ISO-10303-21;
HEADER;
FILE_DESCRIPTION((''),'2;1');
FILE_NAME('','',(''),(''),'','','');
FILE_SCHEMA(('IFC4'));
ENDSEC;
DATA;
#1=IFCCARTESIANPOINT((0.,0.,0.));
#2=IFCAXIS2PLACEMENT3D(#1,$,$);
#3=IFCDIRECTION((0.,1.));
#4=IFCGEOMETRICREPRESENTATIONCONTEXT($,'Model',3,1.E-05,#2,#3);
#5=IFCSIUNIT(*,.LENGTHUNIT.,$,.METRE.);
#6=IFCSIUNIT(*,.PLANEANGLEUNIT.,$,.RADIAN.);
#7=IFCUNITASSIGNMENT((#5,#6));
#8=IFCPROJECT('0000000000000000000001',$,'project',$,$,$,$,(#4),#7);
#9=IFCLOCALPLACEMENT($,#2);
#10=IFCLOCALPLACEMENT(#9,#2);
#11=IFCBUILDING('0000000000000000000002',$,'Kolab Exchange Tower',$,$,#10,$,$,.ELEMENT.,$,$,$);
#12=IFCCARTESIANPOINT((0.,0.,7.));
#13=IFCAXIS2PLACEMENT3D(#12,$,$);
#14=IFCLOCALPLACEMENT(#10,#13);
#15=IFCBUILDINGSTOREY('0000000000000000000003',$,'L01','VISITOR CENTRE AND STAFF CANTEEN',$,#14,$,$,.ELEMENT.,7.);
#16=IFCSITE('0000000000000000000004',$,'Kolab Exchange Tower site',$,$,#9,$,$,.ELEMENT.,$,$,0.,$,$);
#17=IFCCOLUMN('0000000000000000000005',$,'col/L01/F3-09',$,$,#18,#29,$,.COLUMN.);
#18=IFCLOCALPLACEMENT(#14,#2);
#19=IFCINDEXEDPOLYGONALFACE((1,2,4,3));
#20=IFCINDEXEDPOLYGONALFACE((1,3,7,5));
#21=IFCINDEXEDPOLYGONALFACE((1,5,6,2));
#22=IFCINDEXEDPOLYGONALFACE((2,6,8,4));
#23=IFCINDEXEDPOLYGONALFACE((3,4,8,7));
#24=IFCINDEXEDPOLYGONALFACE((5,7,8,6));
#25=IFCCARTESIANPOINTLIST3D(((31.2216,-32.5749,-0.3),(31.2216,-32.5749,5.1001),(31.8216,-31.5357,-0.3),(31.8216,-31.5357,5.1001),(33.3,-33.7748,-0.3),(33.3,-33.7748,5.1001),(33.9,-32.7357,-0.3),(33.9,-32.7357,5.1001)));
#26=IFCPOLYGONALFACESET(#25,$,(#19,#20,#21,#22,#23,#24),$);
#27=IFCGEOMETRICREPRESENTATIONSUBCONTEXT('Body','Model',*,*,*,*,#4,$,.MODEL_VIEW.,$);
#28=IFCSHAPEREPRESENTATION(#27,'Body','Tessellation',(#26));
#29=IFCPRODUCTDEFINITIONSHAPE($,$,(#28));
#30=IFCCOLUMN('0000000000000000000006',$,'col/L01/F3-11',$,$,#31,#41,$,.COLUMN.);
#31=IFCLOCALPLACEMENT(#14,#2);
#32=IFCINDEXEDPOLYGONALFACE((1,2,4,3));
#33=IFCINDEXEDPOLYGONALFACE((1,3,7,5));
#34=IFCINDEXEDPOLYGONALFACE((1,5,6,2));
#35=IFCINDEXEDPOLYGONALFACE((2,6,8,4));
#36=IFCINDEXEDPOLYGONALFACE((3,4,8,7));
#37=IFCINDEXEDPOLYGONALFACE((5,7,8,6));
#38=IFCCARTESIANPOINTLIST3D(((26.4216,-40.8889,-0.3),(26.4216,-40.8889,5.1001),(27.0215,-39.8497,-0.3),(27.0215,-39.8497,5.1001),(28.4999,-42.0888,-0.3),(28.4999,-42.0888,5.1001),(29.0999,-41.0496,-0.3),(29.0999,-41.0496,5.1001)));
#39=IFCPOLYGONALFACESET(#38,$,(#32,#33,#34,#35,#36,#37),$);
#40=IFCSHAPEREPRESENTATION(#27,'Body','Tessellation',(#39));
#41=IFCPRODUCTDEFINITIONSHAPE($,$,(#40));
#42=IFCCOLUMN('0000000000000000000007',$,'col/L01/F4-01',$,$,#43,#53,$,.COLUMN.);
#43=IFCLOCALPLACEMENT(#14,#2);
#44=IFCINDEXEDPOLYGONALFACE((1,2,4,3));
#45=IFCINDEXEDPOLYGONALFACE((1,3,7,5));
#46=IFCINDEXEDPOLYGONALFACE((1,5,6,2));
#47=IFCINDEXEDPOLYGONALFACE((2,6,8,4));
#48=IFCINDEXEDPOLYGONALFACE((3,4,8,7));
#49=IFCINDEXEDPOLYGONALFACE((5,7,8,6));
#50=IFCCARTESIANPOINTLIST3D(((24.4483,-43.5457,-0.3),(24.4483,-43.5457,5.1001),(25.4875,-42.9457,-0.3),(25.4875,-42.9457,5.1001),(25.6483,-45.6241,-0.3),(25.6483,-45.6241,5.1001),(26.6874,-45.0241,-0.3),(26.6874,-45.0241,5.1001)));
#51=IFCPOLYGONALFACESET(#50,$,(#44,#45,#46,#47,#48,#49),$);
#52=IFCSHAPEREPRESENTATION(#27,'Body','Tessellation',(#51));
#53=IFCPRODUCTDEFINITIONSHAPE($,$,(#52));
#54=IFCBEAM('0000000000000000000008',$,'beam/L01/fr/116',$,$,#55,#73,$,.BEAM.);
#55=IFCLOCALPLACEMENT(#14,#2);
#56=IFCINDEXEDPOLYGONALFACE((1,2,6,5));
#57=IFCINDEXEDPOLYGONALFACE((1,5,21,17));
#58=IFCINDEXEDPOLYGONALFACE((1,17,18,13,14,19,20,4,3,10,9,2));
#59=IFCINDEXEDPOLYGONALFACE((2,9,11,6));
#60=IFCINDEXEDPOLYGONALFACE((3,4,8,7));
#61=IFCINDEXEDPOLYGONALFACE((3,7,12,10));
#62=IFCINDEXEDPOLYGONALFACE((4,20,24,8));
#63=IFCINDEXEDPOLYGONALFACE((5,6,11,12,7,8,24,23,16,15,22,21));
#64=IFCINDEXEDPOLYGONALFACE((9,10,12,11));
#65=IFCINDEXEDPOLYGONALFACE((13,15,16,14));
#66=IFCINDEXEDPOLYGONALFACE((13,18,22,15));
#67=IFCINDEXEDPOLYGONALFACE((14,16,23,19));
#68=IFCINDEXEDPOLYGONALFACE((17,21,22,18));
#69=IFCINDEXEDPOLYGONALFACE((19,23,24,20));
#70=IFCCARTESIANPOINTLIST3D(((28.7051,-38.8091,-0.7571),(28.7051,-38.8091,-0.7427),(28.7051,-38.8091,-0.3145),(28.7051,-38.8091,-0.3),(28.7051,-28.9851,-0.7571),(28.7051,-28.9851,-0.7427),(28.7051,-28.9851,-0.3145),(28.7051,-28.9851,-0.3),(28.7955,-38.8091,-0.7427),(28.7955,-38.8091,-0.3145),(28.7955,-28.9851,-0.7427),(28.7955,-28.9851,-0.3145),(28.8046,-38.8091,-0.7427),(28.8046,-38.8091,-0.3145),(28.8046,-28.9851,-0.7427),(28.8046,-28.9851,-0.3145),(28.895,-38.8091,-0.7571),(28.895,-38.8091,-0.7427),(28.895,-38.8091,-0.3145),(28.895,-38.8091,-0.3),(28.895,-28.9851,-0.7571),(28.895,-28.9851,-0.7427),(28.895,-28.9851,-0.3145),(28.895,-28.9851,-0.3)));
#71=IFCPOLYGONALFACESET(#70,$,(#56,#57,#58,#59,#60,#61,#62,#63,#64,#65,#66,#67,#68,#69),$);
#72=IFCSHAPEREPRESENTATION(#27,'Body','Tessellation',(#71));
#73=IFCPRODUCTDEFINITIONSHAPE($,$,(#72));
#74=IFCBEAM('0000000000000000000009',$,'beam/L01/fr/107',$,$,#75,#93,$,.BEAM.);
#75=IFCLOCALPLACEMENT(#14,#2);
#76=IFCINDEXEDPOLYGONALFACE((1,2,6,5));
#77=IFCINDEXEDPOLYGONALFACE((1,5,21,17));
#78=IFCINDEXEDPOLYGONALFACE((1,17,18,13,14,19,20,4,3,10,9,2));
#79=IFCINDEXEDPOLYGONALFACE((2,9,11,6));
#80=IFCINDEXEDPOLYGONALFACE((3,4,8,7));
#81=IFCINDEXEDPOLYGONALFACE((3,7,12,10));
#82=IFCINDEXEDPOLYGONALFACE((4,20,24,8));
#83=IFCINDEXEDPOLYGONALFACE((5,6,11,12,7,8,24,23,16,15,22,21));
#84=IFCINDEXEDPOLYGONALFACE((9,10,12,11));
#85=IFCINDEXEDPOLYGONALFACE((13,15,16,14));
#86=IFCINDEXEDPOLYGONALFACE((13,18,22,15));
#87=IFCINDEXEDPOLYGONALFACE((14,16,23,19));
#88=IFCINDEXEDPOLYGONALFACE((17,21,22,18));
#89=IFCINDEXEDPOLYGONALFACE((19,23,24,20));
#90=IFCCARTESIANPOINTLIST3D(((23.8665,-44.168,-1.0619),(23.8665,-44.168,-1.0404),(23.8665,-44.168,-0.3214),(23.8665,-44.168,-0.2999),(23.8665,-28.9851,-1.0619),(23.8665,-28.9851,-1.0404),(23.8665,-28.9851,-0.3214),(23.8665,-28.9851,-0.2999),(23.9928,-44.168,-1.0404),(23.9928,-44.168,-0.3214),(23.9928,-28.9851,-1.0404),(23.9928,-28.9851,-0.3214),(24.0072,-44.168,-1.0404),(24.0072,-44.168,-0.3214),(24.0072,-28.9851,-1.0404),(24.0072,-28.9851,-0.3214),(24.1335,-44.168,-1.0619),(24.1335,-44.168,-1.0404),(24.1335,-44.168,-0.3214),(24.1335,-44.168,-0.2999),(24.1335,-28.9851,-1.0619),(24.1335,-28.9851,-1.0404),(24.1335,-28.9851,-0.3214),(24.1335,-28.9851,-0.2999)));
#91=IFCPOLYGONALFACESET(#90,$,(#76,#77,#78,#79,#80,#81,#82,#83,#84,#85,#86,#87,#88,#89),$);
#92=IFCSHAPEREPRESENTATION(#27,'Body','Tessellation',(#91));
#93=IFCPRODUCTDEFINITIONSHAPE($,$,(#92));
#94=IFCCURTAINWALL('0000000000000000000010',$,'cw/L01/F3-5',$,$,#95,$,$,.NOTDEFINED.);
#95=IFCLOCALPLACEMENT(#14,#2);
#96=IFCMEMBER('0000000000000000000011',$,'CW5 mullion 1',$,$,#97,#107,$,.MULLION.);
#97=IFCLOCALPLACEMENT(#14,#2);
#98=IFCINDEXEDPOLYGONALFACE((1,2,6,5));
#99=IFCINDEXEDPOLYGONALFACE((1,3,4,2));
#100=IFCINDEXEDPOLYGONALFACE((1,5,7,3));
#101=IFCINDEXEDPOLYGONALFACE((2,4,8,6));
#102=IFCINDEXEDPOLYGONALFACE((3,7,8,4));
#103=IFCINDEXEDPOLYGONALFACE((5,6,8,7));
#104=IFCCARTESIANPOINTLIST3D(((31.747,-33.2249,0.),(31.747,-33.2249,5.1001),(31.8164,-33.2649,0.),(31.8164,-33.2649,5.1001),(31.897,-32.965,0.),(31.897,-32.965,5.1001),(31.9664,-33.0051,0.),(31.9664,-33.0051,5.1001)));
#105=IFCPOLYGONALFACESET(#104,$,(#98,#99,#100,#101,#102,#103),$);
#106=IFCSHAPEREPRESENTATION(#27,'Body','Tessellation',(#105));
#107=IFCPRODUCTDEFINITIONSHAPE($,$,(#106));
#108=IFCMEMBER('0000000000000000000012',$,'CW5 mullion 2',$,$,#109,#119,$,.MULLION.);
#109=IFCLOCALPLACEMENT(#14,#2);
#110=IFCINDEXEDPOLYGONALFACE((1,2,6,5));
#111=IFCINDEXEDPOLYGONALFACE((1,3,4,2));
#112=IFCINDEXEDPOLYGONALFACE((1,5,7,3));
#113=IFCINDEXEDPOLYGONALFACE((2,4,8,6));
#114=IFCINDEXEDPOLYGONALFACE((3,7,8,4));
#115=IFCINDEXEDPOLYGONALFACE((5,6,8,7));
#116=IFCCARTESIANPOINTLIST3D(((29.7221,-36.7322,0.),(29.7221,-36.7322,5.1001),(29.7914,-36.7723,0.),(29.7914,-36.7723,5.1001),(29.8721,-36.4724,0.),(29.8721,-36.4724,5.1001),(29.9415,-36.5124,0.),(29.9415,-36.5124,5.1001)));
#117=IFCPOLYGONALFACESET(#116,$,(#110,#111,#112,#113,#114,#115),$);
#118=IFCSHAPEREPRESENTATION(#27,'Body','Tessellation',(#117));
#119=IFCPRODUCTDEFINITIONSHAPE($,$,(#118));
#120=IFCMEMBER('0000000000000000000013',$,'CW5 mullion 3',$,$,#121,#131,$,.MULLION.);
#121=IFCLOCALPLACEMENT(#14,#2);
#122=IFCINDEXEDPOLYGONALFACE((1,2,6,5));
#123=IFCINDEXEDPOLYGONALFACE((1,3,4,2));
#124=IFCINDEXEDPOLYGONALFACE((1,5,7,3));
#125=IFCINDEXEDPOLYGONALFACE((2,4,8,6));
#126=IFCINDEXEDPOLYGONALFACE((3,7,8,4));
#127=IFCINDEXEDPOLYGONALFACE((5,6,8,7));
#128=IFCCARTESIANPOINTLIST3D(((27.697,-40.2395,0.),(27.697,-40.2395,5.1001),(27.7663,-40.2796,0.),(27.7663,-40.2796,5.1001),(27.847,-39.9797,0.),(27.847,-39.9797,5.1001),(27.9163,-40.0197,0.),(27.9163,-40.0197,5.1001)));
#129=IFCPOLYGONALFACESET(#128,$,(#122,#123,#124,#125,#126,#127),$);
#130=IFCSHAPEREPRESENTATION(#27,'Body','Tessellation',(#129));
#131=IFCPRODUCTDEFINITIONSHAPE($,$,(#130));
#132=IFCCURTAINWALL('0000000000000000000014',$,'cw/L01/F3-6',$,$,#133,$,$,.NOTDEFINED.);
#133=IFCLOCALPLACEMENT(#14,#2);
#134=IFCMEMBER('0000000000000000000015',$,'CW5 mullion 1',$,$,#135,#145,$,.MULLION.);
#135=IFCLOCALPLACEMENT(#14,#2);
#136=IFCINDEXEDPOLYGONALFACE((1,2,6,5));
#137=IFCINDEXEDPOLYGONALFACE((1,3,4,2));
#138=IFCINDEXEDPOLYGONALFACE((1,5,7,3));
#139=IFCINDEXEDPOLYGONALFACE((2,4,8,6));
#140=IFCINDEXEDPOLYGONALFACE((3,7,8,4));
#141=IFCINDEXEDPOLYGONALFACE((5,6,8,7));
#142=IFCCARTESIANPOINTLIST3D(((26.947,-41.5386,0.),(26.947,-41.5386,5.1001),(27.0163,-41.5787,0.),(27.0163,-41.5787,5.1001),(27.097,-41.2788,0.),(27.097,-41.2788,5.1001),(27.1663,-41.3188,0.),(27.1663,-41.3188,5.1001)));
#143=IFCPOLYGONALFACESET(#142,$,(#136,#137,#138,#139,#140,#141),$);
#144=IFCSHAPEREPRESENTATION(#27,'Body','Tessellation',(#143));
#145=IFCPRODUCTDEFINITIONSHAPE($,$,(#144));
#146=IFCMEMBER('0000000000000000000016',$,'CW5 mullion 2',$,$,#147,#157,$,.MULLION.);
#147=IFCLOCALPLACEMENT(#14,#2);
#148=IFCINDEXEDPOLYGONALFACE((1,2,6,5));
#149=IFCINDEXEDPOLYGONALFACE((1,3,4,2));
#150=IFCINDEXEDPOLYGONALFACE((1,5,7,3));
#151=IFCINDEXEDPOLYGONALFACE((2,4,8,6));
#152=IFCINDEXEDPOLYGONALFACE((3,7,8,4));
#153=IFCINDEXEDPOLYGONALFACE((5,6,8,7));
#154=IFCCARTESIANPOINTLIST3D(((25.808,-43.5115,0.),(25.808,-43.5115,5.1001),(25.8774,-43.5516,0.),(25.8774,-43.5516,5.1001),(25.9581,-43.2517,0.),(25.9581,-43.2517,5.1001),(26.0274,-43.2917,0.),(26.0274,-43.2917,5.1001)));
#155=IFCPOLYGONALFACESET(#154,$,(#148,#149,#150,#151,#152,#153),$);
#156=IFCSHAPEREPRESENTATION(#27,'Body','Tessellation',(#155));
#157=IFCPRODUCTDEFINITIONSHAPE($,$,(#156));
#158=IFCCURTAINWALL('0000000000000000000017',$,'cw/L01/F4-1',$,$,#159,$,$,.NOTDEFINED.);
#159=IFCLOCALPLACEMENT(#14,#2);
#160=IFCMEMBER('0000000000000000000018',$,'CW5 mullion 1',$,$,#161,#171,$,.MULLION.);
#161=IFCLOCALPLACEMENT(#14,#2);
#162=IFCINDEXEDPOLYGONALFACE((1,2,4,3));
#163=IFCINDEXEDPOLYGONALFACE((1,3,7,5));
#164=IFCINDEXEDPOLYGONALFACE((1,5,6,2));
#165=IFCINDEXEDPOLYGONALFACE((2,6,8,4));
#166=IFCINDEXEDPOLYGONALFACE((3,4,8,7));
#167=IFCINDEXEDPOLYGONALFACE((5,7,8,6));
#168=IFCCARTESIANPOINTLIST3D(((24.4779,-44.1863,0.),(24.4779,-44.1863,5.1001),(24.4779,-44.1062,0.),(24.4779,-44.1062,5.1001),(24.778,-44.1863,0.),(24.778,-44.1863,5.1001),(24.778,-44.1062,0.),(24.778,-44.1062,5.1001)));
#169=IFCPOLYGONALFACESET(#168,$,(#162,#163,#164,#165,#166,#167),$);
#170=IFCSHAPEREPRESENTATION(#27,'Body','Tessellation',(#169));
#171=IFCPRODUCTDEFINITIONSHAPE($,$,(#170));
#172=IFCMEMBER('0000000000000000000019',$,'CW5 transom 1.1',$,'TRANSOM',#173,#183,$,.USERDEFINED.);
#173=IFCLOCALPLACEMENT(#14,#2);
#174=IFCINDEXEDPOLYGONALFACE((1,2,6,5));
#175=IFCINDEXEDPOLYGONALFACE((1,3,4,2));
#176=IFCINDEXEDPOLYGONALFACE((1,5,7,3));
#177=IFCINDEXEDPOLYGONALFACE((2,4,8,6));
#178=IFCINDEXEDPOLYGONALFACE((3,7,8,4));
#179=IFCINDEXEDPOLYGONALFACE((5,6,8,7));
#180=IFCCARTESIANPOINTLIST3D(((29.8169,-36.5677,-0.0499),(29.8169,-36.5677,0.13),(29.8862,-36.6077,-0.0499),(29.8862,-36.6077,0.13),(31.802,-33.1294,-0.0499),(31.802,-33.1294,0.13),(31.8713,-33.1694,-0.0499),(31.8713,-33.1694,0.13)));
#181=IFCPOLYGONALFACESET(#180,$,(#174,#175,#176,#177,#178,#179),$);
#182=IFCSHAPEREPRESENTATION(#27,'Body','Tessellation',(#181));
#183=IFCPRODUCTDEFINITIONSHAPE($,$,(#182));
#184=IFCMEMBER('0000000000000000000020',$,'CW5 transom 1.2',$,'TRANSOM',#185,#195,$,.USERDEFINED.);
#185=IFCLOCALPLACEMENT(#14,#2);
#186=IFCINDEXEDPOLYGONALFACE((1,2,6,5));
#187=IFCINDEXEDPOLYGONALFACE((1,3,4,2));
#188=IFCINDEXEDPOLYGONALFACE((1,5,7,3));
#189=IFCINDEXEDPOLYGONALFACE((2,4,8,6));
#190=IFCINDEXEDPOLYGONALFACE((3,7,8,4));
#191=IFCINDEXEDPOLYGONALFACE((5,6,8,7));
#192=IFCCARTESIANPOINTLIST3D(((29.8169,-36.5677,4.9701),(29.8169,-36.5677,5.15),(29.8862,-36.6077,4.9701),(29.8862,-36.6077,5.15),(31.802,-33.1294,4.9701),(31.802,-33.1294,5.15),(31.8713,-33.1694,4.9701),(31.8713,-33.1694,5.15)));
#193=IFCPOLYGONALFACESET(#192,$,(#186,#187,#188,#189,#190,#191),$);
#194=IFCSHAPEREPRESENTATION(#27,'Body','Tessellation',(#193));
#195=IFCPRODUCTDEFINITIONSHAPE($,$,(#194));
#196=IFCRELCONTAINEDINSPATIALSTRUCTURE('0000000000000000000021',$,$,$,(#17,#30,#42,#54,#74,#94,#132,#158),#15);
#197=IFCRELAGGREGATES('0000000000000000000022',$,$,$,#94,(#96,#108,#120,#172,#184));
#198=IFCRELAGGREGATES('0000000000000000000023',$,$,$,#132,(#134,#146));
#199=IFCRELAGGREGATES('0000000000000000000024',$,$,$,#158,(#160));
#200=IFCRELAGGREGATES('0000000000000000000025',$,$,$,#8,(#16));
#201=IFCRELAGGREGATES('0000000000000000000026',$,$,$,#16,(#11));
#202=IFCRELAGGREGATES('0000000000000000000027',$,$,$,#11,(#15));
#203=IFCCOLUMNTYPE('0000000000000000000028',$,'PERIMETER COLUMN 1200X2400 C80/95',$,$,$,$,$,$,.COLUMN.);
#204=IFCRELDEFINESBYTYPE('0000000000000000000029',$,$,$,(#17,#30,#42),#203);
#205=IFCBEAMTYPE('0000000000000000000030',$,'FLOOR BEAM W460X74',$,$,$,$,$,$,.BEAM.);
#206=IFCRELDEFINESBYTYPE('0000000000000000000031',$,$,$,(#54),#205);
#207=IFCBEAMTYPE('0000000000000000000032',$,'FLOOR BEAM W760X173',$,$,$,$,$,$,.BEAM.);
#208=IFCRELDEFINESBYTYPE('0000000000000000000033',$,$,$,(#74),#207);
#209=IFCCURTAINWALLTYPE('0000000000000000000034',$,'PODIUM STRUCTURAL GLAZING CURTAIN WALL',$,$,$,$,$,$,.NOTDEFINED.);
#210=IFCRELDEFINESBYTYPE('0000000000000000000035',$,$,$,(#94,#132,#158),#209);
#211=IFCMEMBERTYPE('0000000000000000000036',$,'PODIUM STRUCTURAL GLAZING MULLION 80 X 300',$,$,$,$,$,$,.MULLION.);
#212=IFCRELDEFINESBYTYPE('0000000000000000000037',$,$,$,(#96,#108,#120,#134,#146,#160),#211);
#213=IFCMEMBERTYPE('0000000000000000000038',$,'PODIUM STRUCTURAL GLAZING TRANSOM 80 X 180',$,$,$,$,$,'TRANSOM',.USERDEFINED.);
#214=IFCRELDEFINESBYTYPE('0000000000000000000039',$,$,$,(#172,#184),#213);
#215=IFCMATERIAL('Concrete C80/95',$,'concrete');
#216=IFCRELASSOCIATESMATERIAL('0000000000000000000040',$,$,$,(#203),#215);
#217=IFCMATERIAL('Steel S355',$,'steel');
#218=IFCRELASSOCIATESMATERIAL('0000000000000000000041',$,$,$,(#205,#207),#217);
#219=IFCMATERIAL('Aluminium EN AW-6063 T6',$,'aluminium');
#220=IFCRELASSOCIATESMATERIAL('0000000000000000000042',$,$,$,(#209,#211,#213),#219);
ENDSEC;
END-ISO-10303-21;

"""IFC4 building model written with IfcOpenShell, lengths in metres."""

from ifc_helpers import new_model, si_unit, direction, frame, origin, origin_2d, place, context, subcontext, project, spatial, rectangle, i_section, extrude, material, material_profile, profile_set, type_object, element, aggregate, save


model = new_model("IFC4")

# Units and contexts
model_context = context("Model", 3, precision=1e-05, world=origin(), true_north=direction((0.0, 1.0)))
body_context = subcontext(model_context, "Body", "Model", "MODEL_VIEW")
ifc_project = project(units=[si_unit("LENGTHUNIT", "METRE"), si_unit("PLANEANGLEUNIT", "RADIAN")], contexts=[model_context])

# Site, building, storey
site_placement = place(None, origin())
site = spatial("IfcSite", under=ifc_project, at=site_placement, Name="Kolab Exchange Tower site", CompositionType="ELEMENT", RefElevation=0.0)
building_placement = place(site_placement, origin())
building = spatial("IfcBuilding", under=site, at=building_placement, Name="Kolab Exchange Tower", CompositionType="ELEMENT")
storey_placement = place(building_placement, frame((0.0, 0.0, 7.0)))
storey = spatial("IfcBuildingStorey", under=building, at=storey_placement, Name="L01", Description="VISITOR CENTRE AND STAFF CANTEEN", CompositionType="ELEMENT", Elevation=7.0)

# Columns
ifc_material_1 = material(Name="Concrete C80/95", Category="concrete")
ifc_material_profile_1 = material_profile(ifc_material_1, rectangle(XDim=1.2, YDim=2.3999, at=origin_2d()), Name="RC1200X2400")
ifc_profile_set_1 = profile_set([ifc_material_profile_1], Name="Concrete C80/95")
column_type = type_object("IfcColumnType", Name="PERIMETER COLUMN 1200X2400 C80/95", PredefinedType="COLUMN", material=ifc_profile_set_1)
for number, where, z_axis, x_axis, name in (
    (1, (32.5608, -32.6553, -0.3), (0.0, 0.0, 1.0), (0.5, 0.866025, 0.0), "col/L01/F3-09"),
    (2, (27.7607, -40.9692, -0.3), (0.0, 0.0, 1.0), (0.5, 0.866025, 0.0), "col/L01/F3-11"),
    (3, (25.5679, -44.2849, -0.3), (0.0, 0.0, 1.0), (0.866025, 0.5, 0.0), "col/L01/F4-01"),
):
    element("IfcColumn", number, at=place(storey_placement, frame(where, z_axis=z_axis, x_axis=x_axis)), inside=storey, type_object=column_type, Name=name, PredefinedType="COLUMN", context=body_context, shape_type="SweptSolid", body=[
        extrude(rectangle(XDim=1.2, YDim=2.3999, at=origin_2d()), origin(), (0.0, 0.0, 1.0), 5.4001),
    ])

# Beams
ifc_material_2 = material(Name="Steel S355", Category="steel")
ifc_material_profile_2 = material_profile(ifc_material_2, i_section(OverallWidth=0.1899, OverallDepth=0.457, WebThickness=0.009, FlangeThickness=0.0144, at=origin_2d()), Name="W460X74")
ifc_profile_set_2 = profile_set([ifc_material_profile_2], Name="Steel S355")
beam_type_1 = type_object("IfcBeamType", Name="FLOOR BEAM W460X74", PredefinedType="BEAM", material=ifc_profile_set_2)
beam_1_placement = place(storey_placement, frame((28.8, -38.8091, -0.5286), z_axis=(0.0, 1.0, 0.0), x_axis=(-1.0, 0.0, 0.0)))
element("IfcBeam", 4, at=beam_1_placement, inside=storey, type_object=beam_type_1, Name="beam/L01/fr/116", PredefinedType="BEAM", context=body_context, shape_type="SweptSolid", body=[
    extrude(i_section(OverallWidth=0.1899, OverallDepth=0.457, WebThickness=0.009, FlangeThickness=0.0144, at=origin_2d()), origin(), (0.0, 0.0, 1.0), 9.824),
])
ifc_material_profile_3 = material_profile(ifc_material_2, i_section(OverallWidth=0.2671, OverallDepth=0.762, WebThickness=0.0144, FlangeThickness=0.0215, at=origin_2d()), Name="W760X173")
ifc_profile_set_3 = profile_set([ifc_material_profile_3], Name="Steel S355")
beam_type_2 = type_object("IfcBeamType", Name="FLOOR BEAM W760X173", PredefinedType="BEAM", material=ifc_profile_set_3)
beam_2_placement = place(storey_placement, frame((24.0, -44.168, -0.6809), z_axis=(0.0, 1.0, 0.0), x_axis=(-1.0, 0.0, 0.0)))
element("IfcBeam", 5, at=beam_2_placement, inside=storey, type_object=beam_type_2, Name="beam/L01/fr/107", PredefinedType="BEAM", context=body_context, shape_type="SweptSolid", body=[
    extrude(i_section(OverallWidth=0.2671, OverallDepth=0.762, WebThickness=0.0144, FlangeThickness=0.0215, at=origin_2d()), origin(), (0.0, 0.0, 1.0), 15.1829),
])

# Curtain walls, members
ifc_material_3 = material(Name="Aluminium EN AW-6063 T6", Category="aluminium")
curtain_wall_type = type_object("IfcCurtainWallType", Name="PODIUM STRUCTURAL GLAZING CURTAIN WALL", PredefinedType="NOTDEFINED", material=ifc_material_3)
curtain_wall_1_placement = place(storey_placement, origin())
curtain_wall_1 = element("IfcCurtainWall", 6, at=curtain_wall_1_placement, inside=storey, type_object=curtain_wall_type, Name="cw/L01/F3-5", PredefinedType="NOTDEFINED")
ifc_material_profile_4 = material_profile(ifc_material_3, rectangle(XDim=0.0801, YDim=0.3, at=origin_2d()), Name="RECT 80X300")
ifc_profile_set_4 = profile_set([ifc_material_profile_4], Name="Aluminium EN AW-6063 T6")
member_type_1 = type_object("IfcMemberType", Name="PODIUM STRUCTURAL GLAZING MULLION 80 X 300", PredefinedType="MULLION", material=ifc_profile_set_4)
member_1_placement = place(storey_placement, frame((31.8567, -33.115, 0.0), z_axis=(0.0, 0.0, 1.0), x_axis=(0.866025, -0.5, 0.0)))
member_1 = element("IfcMember", 7, at=member_1_placement, type_object=member_type_1, Name="CW5 mullion 1", PredefinedType="MULLION", context=body_context, shape_type="SweptSolid", body=[
    extrude(rectangle(XDim=0.0801, YDim=0.3, at=origin_2d()), origin(), (0.0, 0.0, 1.0), 5.1001),
])
member_2_placement = place(storey_placement, frame((29.8318, -36.6223, 0.0), z_axis=(0.0, 0.0, 1.0), x_axis=(0.866025, -0.5, 0.0)))
member_2 = element("IfcMember", 8, at=member_2_placement, type_object=member_type_1, Name="CW5 mullion 2", PredefinedType="MULLION", context=body_context, shape_type="SweptSolid", body=[
    extrude(rectangle(XDim=0.0801, YDim=0.3, at=origin_2d()), origin(), (0.0, 0.0, 1.0), 5.1001),
])
member_3_placement = place(storey_placement, frame((27.8066, -40.1296, 0.0), z_axis=(0.0, 0.0, 1.0), x_axis=(0.866025, -0.5, 0.0)))
member_3 = element("IfcMember", 9, at=member_3_placement, type_object=member_type_1, Name="CW5 mullion 3", PredefinedType="MULLION", context=body_context, shape_type="SweptSolid", body=[
    extrude(rectangle(XDim=0.0801, YDim=0.3, at=origin_2d()), origin(), (0.0, 0.0, 1.0), 5.1001),
])
curtain_wall_2_placement = place(storey_placement, origin())
curtain_wall_2 = element("IfcCurtainWall", 10, at=curtain_wall_2_placement, inside=storey, type_object=curtain_wall_type, Name="cw/L01/F3-6", PredefinedType="NOTDEFINED")
member_4_placement = place(storey_placement, frame((27.0566, -41.4287, 0.0), z_axis=(0.0, 0.0, 1.0), x_axis=(0.866025, -0.5, 0.0)))
member_4 = element("IfcMember", 11, at=member_4_placement, type_object=member_type_1, Name="CW5 mullion 1", PredefinedType="MULLION", context=body_context, shape_type="SweptSolid", body=[
    extrude(rectangle(XDim=0.0801, YDim=0.3, at=origin_2d()), origin(), (0.0, 0.0, 1.0), 5.1001),
])
member_5_placement = place(storey_placement, frame((25.9177, -43.4016, 0.0), z_axis=(0.0, 0.0, 1.0), x_axis=(0.866025, -0.5, 0.0)))
member_5 = element("IfcMember", 12, at=member_5_placement, type_object=member_type_1, Name="CW5 mullion 2", PredefinedType="MULLION", context=body_context, shape_type="SweptSolid", body=[
    extrude(rectangle(XDim=0.0801, YDim=0.3, at=origin_2d()), origin(), (0.0, 0.0, 1.0), 5.1001),
])

# Curtain wall, member
curtain_wall_3_placement = place(storey_placement, origin())
curtain_wall_3 = element("IfcCurtainWall", 13, at=curtain_wall_3_placement, inside=storey, type_object=curtain_wall_type, Name="cw/L01/F4-1", PredefinedType="NOTDEFINED")
member_6_placement = place(storey_placement, frame((24.6279, -44.1462, 0.0), z_axis=(0.0, 0.0, 1.0), x_axis=(0.0, -1.0, 0.0)))
member_6 = element("IfcMember", 14, at=member_6_placement, type_object=member_type_1, Name="CW5 mullion 1", PredefinedType="MULLION", context=body_context, shape_type="SweptSolid", body=[
    extrude(rectangle(XDim=0.0801, YDim=0.3, at=origin_2d()), origin(), (0.0, 0.0, 1.0), 5.1001),
])

# Members
ifc_material_profile_5 = material_profile(ifc_material_3, rectangle(XDim=0.0801, YDim=0.1799, at=origin_2d()), Name="RECT 80X180")
ifc_profile_set_5 = profile_set([ifc_material_profile_5], Name="Aluminium EN AW-6063 T6")
member_type_2 = type_object("IfcMemberType", Name="PODIUM STRUCTURAL GLAZING TRANSOM 80 X 180", ElementType="TRANSOM", PredefinedType="USERDEFINED", material=ifc_profile_set_5)
member_7_placement = place(storey_placement, frame((31.8367, -33.1494, 0.04), z_axis=(-0.500008, -0.866021, 0.0), x_axis=(0.866021, -0.500008, 0.0)))
member_7 = element("IfcMember", 15, at=member_7_placement, type_object=member_type_2, Name="CW5 transom 1.1", ObjectType="TRANSOM", PredefinedType="USERDEFINED", context=body_context, shape_type="SweptSolid", body=[
    extrude(rectangle(XDim=0.0801, YDim=0.1799, at=origin_2d()), origin(), (0.0, 0.0, 1.0), 3.9702),
])
member_8_placement = place(storey_placement, frame((31.8367, -33.1494, 5.0601), z_axis=(-0.500008, -0.866021, 0.0), x_axis=(0.866021, -0.500008, 0.0)))
member_8 = element("IfcMember", 16, at=member_8_placement, type_object=member_type_2, Name="CW5 transom 1.2", ObjectType="TRANSOM", PredefinedType="USERDEFINED", context=body_context, shape_type="SweptSolid", body=[
    extrude(rectangle(XDim=0.0801, YDim=0.1799, at=origin_2d()), origin(), (0.0, 0.0, 1.0), 3.9702),
])

aggregate(curtain_wall_1, [member_1, member_2, member_3, member_7, member_8])
aggregate(curtain_wall_2, [member_4, member_5])
aggregate(curtain_wall_3, [member_6])

save(model, "model.ifc")
